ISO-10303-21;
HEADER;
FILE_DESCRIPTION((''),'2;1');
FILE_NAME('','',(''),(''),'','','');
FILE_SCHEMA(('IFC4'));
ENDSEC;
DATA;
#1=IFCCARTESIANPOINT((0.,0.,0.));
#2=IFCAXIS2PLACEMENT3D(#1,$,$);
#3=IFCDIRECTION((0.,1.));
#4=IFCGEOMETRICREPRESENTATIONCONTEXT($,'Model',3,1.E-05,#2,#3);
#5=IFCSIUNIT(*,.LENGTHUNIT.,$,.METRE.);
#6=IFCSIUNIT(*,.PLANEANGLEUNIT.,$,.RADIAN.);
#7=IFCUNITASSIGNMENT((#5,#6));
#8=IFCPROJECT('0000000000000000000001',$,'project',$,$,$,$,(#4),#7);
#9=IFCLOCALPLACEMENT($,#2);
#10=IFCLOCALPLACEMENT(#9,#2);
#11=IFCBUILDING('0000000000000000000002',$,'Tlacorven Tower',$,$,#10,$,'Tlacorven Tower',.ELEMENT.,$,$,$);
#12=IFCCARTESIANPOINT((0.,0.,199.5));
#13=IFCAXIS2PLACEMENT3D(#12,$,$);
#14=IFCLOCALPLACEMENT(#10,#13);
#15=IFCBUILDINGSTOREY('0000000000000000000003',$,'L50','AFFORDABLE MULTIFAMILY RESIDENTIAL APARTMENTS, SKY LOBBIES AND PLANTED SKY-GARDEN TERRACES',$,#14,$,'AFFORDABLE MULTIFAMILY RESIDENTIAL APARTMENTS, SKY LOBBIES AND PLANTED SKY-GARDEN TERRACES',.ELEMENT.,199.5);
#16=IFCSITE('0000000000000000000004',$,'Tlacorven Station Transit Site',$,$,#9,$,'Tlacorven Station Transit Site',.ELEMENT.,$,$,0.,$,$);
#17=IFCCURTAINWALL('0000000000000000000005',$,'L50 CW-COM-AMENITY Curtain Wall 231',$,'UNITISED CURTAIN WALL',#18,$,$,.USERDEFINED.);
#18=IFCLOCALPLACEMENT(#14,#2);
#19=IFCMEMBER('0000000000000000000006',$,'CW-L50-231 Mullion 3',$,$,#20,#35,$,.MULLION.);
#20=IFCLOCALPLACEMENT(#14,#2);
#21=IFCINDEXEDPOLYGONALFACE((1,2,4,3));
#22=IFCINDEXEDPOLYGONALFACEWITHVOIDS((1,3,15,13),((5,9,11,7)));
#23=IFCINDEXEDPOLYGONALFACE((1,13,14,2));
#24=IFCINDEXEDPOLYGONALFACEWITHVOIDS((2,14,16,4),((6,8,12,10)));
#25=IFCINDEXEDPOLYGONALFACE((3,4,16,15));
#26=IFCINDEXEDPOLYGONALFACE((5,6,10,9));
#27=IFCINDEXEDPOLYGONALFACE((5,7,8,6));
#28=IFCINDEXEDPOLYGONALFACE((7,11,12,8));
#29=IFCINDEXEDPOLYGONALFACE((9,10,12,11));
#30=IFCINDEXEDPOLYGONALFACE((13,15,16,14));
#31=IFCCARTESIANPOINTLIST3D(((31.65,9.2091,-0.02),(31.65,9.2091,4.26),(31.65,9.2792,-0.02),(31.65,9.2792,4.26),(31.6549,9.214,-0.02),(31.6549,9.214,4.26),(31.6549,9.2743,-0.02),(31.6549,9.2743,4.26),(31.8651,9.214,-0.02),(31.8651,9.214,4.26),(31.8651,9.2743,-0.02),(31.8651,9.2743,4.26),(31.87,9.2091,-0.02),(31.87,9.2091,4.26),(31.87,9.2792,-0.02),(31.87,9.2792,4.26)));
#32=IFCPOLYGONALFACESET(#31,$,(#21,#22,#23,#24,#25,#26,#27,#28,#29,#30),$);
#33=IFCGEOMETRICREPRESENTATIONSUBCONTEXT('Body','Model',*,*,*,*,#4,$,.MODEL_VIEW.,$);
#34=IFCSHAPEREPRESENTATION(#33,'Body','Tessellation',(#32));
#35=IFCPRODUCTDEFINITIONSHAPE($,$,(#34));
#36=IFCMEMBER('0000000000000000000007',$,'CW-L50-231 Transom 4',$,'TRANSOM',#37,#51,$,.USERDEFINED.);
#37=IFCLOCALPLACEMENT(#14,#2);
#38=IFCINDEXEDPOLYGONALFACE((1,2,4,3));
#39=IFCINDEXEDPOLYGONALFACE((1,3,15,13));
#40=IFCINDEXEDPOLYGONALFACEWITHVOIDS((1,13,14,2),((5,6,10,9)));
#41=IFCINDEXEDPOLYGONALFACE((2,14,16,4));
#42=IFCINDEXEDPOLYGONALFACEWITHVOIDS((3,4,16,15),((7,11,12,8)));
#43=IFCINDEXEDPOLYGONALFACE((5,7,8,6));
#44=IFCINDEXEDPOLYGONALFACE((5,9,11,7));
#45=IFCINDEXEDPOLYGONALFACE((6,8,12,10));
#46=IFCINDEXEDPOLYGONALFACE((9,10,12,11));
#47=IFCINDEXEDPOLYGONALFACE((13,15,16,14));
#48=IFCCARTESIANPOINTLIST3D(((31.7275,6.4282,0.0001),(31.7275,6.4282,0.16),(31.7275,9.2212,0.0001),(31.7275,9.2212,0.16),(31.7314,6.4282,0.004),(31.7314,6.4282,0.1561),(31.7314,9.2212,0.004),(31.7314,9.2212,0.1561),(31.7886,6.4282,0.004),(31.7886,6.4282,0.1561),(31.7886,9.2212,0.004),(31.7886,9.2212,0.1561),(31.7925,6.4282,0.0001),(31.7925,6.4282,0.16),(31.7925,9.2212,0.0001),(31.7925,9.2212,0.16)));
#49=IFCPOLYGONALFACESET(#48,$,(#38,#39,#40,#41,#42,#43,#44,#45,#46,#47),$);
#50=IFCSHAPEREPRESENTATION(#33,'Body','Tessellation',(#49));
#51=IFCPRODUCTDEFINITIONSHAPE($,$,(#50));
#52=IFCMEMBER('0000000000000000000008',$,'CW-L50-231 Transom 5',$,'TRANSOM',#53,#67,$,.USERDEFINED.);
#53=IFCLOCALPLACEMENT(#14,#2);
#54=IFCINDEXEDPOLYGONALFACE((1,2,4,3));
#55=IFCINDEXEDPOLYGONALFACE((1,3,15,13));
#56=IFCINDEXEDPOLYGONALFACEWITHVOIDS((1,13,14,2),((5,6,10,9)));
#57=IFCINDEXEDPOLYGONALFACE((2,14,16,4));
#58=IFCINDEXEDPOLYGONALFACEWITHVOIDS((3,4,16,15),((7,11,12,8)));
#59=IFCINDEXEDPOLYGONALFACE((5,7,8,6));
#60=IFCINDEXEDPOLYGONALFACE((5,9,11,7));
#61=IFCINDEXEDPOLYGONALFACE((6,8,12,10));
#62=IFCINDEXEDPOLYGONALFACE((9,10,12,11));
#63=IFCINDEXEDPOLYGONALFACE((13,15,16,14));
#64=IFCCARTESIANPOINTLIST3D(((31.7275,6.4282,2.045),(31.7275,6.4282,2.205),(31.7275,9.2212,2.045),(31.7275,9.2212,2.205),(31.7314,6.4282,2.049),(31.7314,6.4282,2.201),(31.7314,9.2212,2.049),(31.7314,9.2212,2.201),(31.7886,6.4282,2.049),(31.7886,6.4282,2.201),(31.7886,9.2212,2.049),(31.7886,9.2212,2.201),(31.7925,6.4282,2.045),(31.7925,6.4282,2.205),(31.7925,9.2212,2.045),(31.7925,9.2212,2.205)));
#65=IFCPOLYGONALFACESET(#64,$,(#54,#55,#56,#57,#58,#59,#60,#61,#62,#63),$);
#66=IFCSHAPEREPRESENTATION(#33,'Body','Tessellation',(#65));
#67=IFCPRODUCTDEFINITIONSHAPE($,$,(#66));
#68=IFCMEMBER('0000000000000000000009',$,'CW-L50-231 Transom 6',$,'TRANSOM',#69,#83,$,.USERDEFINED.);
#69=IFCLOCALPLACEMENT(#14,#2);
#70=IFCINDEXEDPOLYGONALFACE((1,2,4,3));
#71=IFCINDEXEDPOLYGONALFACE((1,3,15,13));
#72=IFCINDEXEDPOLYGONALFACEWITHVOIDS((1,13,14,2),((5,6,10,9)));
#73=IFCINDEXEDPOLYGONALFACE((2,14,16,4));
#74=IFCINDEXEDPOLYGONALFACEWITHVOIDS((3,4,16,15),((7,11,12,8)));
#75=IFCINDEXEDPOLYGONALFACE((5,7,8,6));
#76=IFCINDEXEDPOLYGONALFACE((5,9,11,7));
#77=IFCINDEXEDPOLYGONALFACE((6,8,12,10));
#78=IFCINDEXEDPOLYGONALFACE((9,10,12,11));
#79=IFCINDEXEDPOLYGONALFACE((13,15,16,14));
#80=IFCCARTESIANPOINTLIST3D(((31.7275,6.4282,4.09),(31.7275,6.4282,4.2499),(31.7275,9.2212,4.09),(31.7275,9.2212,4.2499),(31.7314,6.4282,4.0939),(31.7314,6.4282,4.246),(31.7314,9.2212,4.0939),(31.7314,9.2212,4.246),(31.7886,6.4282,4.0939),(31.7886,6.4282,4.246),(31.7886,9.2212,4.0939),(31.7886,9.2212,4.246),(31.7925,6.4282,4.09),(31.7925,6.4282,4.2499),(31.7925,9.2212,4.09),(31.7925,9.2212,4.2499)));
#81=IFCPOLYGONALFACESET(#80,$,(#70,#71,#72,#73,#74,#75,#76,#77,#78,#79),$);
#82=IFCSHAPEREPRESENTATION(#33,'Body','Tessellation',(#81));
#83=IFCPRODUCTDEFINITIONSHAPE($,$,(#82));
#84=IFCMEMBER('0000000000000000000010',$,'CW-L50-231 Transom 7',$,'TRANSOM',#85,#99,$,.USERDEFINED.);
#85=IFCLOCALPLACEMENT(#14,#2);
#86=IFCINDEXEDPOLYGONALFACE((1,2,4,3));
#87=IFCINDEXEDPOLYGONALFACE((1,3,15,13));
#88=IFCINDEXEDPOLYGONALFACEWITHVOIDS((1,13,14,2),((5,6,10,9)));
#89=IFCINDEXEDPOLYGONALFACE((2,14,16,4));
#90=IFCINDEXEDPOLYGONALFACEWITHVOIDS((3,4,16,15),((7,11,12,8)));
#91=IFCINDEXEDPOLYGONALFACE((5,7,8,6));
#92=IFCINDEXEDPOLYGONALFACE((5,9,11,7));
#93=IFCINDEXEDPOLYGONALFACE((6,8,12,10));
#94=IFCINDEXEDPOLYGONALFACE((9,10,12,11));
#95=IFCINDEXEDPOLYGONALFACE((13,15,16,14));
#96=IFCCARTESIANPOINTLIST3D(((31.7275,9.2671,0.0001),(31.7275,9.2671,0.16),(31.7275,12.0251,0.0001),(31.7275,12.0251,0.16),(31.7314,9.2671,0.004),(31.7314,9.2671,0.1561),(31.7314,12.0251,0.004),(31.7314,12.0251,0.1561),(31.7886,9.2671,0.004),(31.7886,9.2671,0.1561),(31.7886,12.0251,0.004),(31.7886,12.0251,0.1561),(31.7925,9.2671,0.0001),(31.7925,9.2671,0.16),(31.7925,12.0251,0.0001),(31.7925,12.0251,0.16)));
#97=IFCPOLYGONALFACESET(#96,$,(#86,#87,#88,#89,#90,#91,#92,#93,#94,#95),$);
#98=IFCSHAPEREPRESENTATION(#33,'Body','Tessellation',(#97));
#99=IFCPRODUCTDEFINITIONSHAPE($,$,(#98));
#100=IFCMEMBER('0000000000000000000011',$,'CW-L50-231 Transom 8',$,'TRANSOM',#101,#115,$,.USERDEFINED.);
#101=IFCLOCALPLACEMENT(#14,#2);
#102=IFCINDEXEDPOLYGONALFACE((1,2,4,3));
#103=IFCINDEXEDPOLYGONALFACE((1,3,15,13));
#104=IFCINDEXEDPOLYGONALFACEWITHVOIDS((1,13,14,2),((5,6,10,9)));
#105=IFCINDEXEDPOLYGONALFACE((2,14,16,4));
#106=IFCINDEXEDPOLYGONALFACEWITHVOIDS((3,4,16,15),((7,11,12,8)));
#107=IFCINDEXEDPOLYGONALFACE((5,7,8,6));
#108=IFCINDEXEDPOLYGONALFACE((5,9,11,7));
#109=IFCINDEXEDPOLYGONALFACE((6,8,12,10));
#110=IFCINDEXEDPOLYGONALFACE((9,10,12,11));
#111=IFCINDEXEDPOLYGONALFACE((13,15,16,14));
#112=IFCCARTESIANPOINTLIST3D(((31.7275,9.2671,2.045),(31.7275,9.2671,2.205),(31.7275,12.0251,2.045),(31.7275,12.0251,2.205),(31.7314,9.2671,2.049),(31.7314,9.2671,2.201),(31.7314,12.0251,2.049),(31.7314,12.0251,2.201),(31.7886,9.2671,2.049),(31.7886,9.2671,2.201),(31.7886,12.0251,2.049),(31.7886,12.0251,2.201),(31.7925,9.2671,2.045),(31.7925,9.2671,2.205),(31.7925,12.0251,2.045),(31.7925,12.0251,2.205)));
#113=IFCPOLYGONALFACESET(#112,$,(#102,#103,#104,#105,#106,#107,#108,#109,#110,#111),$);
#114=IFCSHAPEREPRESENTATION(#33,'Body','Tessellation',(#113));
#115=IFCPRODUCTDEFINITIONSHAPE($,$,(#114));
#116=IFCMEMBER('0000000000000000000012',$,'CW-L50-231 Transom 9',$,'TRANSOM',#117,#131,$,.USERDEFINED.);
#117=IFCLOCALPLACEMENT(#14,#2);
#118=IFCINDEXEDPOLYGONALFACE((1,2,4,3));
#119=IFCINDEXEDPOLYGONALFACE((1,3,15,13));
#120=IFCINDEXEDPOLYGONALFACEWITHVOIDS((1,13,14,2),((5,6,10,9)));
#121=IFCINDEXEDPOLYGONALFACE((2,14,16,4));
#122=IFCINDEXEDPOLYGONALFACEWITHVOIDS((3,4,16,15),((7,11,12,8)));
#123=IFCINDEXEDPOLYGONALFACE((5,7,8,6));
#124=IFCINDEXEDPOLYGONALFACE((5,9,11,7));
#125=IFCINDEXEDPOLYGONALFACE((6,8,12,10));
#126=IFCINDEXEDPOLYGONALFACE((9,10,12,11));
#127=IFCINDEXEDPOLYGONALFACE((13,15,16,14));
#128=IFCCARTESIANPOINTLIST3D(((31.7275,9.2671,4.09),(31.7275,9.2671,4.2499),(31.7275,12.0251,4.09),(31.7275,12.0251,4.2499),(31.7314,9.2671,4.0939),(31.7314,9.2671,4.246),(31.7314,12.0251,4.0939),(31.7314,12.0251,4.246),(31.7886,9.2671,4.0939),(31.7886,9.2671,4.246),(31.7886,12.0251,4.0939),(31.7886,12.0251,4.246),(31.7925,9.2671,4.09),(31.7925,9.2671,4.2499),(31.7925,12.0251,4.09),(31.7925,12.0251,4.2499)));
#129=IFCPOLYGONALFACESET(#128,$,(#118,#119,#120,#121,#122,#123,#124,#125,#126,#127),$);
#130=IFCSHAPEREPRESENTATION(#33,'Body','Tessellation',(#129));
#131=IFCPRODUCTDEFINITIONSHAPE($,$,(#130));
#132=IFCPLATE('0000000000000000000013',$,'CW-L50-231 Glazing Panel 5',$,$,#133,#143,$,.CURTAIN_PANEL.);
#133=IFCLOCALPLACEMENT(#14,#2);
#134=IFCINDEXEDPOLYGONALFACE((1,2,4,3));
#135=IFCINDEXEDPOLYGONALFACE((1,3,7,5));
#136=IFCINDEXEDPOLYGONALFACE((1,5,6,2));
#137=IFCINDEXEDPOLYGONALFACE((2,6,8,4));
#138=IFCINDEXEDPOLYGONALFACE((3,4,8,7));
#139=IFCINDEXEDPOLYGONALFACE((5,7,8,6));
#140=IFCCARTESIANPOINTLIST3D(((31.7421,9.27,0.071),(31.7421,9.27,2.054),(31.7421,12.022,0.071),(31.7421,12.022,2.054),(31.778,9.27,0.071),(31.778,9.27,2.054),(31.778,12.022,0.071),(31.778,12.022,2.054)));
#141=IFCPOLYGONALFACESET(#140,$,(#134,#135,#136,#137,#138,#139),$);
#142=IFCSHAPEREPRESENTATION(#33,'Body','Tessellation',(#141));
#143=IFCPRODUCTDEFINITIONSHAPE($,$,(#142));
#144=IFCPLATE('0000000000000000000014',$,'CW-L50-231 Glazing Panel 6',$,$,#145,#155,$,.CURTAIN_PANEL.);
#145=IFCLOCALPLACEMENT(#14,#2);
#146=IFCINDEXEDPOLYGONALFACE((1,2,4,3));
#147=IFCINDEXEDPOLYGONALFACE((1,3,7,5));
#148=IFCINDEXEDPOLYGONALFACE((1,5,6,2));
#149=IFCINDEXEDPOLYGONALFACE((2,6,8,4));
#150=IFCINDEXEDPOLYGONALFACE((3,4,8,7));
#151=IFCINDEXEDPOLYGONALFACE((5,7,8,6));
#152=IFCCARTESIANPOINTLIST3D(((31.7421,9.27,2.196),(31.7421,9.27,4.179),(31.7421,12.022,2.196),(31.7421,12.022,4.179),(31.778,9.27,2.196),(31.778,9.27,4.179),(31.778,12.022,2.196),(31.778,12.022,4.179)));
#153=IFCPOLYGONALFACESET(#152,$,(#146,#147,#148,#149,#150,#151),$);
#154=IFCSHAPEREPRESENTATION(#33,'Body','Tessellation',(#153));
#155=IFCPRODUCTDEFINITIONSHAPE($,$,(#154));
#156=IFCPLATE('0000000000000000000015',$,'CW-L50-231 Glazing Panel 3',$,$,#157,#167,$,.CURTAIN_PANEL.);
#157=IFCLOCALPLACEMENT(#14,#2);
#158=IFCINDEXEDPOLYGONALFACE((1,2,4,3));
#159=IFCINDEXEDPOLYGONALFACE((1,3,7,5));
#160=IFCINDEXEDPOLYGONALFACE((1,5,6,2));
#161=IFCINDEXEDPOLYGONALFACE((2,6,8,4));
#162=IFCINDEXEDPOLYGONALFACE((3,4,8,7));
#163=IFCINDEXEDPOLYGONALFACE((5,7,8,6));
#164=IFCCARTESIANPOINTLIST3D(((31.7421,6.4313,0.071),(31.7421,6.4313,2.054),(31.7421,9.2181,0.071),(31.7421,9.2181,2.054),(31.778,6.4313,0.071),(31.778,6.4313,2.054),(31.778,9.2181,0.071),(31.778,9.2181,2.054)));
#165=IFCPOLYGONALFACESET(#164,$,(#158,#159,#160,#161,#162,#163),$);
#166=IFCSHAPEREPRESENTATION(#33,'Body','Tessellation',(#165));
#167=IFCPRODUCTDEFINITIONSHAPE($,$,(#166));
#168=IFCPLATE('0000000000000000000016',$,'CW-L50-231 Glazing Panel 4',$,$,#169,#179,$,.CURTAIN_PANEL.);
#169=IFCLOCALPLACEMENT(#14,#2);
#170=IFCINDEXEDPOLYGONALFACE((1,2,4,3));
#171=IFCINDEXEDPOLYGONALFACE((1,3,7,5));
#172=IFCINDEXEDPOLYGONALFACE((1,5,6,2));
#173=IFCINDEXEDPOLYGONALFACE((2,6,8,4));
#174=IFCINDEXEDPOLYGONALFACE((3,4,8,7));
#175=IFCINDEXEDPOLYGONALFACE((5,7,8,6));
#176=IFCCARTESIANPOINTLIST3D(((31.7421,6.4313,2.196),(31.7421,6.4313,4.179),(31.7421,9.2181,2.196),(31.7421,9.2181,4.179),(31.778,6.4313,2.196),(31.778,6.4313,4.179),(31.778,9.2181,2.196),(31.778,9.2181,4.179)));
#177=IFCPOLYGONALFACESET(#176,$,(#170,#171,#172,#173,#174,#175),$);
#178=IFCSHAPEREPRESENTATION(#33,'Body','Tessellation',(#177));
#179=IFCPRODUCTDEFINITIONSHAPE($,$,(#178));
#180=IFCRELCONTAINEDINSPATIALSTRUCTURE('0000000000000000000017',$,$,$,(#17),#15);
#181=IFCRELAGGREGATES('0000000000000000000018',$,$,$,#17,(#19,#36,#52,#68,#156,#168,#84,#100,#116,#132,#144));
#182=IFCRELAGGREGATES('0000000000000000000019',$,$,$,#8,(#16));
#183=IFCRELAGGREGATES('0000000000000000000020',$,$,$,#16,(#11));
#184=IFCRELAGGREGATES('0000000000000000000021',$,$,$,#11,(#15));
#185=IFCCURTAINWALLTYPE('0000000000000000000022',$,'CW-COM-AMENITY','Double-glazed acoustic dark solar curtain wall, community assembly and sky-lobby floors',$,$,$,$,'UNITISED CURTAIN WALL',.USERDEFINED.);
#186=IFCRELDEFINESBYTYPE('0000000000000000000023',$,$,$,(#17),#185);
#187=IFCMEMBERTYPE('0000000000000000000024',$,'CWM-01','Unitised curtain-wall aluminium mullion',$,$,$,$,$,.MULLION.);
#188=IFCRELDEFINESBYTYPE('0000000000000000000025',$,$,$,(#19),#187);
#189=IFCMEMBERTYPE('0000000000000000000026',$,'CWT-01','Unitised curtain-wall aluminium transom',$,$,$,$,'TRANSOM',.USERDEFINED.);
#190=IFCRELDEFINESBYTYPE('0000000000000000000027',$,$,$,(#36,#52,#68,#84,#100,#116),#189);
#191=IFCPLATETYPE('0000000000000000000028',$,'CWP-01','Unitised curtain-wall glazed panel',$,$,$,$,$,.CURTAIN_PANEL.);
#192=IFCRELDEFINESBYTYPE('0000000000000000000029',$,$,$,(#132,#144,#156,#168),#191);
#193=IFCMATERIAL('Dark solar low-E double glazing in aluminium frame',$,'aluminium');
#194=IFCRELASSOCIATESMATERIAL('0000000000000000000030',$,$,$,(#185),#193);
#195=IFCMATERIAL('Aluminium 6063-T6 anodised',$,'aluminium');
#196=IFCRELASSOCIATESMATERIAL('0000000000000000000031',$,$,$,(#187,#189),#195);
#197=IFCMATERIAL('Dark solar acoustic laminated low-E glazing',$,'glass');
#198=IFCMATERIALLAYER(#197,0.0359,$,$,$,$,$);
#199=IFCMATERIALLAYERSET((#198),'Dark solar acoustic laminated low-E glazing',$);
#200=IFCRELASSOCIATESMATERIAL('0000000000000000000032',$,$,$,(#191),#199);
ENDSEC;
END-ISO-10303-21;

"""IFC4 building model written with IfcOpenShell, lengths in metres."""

from ifc_helpers import new_model, si_unit, direction, frame, origin, origin_2d, place, context, subcontext, project, spatial, rectangle, hollow_rectangle, extrude, source, transform, mapped, material, layer, layer_set, material_profile, profile_set, type_object, element, aggregate, save


model = new_model("IFC4")

# Units and contexts
model_context = context("Model", 3, precision=1e-05, world=origin(), true_north=direction((0.0, 1.0)))
body_context = subcontext(model_context, "Body", "Model", "MODEL_VIEW")
ifc_project = project(units=[si_unit("LENGTHUNIT", "METRE"), si_unit("PLANEANGLEUNIT", "RADIAN")], contexts=[model_context])

# Site, building, storey
site_placement = place(None, origin())
site = spatial("IfcSite", under=ifc_project, at=site_placement, Name="Tlacorven Station Transit Site", LongName="Tlacorven Station Transit Site", CompositionType="ELEMENT", RefElevation=0.0)
building_placement = place(site_placement, origin())
building = spatial("IfcBuilding", under=site, at=building_placement, Name="Tlacorven Tower", LongName="Tlacorven Tower", CompositionType="ELEMENT")
storey_placement = place(building_placement, frame((0.0, 0.0, 199.5)))
storey = spatial("IfcBuildingStorey", under=building, at=storey_placement, Name="L50", Description="AFFORDABLE MULTIFAMILY RESIDENTIAL APARTMENTS, SKY LOBBIES AND PLANTED SKY-GARDEN TERRACES", LongName="AFFORDABLE MULTIFAMILY RESIDENTIAL APARTMENTS, SKY LOBBIES AND PLANTED SKY-GARDEN TERRACES", CompositionType="ELEMENT", Elevation=199.5)

# Curtain wall, members, plates
ifc_material_1 = material(Name="Dark solar low-E double glazing in aluminium frame", Category="aluminium")
curtain_wall_type = type_object("IfcCurtainWallType", Name="CW-COM-AMENITY", Description="Double-glazed acoustic dark solar curtain wall, community assembly and sky-lobby floors", ElementType="UNITISED CURTAIN WALL", PredefinedType="USERDEFINED", material=ifc_material_1)
curtain_wall_placement = place(storey_placement, origin())
curtain_wall = element("IfcCurtainWall", 1, at=curtain_wall_placement, inside=storey, type_object=curtain_wall_type, Name="L50 CW-COM-AMENITY Curtain Wall 231", ObjectType="UNITISED CURTAIN WALL", PredefinedType="USERDEFINED")
ifc_material_2 = material(Name="Aluminium 6063-T6 anodised", Category="aluminium")
ifc_material_profile_1 = material_profile(ifc_material_2, hollow_rectangle(XDim=0.0701, YDim=0.22, WallThickness=0.0049, at=origin_2d()), Name="ALU MULLION 70X220")
ifc_profile_set_1 = profile_set([ifc_material_profile_1], Name="Aluminium 6063-T6 anodised")
member_type_1 = type_object("IfcMemberType", Name="CWM-01", Description="Unitised curtain-wall aluminium mullion", PredefinedType="MULLION", material=ifc_profile_set_1)
shared_shape_1 = source(origin(), body_context, "Body", "SweptSolid", [
    extrude(hollow_rectangle(XDim=0.0701, YDim=0.22, WallThickness=0.0049, at=origin_2d()), origin(), (0.0, 0.0, 1.0), 4.28),
])
member_1_placement = place(storey_placement, frame((31.76, 9.2441, -0.02), z_axis=(0.0, 0.0, 1.0), x_axis=(0.0, 1.0, 0.0)))
member_1 = element("IfcMember", 2, at=member_1_placement, type_object=member_type_1, Name="CW-L50-231 Mullion 3", PredefinedType="MULLION", context=body_context, shape_type="MappedRepresentation", body=[
    mapped(shared_shape_1, transform((0.0, 0.0, 0.0), scale=1.0)),
])
ifc_material_profile_2 = material_profile(ifc_material_2, hollow_rectangle(XDim=0.0649, YDim=0.1599, WallThickness=0.0039, at=origin_2d()), Name="ALU TRANSOM 65X160")
ifc_profile_set_2 = profile_set([ifc_material_profile_2], Name="Aluminium 6063-T6 anodised")
member_type_2 = type_object("IfcMemberType", Name="CWT-01", Description="Unitised curtain-wall aluminium transom", ElementType="TRANSOM", PredefinedType="USERDEFINED", material=ifc_profile_set_2)
shared_shape_2 = source(origin(), body_context, "Body", "SweptSolid", [
    extrude(hollow_rectangle(XDim=0.0649, YDim=0.1599, WallThickness=0.0039, at=origin_2d()), origin(), (0.0, 0.0, 1.0), 2.793),
])
member_2_placement = place(storey_placement, frame((31.76, 6.4282, 0.0801), z_axis=(0.0, 1.0, 0.0), x_axis=(-1.0, 0.0, 0.0)))
member_2 = element("IfcMember", 3, at=member_2_placement, type_object=member_type_2, Name="CW-L50-231 Transom 4", ObjectType="TRANSOM", PredefinedType="USERDEFINED", context=body_context, shape_type="MappedRepresentation", body=[
    mapped(shared_shape_2, transform((0.0, 0.0, 0.0), scale=1.0)),
])
member_3_placement = place(storey_placement, frame((31.76, 6.4282, 2.125), z_axis=(0.0, 1.0, 0.0), x_axis=(-1.0, 0.0, 0.0)))
member_3 = element("IfcMember", 4, at=member_3_placement, type_object=member_type_2, Name="CW-L50-231 Transom 5", ObjectType="TRANSOM", PredefinedType="USERDEFINED", context=body_context, shape_type="MappedRepresentation", body=[
    mapped(shared_shape_2, transform((0.0, 0.0, 0.0), scale=1.0)),
])
member_4_placement = place(storey_placement, frame((31.76, 6.4282, 4.1699), z_axis=(0.0, 1.0, 0.0), x_axis=(-1.0, 0.0, 0.0)))
member_4 = element("IfcMember", 5, at=member_4_placement, type_object=member_type_2, Name="CW-L50-231 Transom 6", ObjectType="TRANSOM", PredefinedType="USERDEFINED", context=body_context, shape_type="MappedRepresentation", body=[
    mapped(shared_shape_2, transform((0.0, 0.0, 0.0), scale=1.0)),
])
shared_shape_3 = source(origin(), body_context, "Body", "SweptSolid", [
    extrude(hollow_rectangle(XDim=0.0649, YDim=0.1599, WallThickness=0.0039, at=origin_2d()), origin(), (0.0, 0.0, 1.0), 2.7581),
])
member_5_placement = place(storey_placement, frame((31.76, 9.2671, 0.0801), z_axis=(0.0, 1.0, 0.0), x_axis=(-1.0, 0.0, 0.0)))
member_5 = element("IfcMember", 6, at=member_5_placement, type_object=member_type_2, Name="CW-L50-231 Transom 7", ObjectType="TRANSOM", PredefinedType="USERDEFINED", context=body_context, shape_type="MappedRepresentation", body=[
    mapped(shared_shape_3, transform((0.0, 0.0, 0.0), scale=1.0)),
])
member_6_placement = place(storey_placement, frame((31.76, 9.2671, 2.125), z_axis=(0.0, 1.0, 0.0), x_axis=(-1.0, 0.0, 0.0)))
member_6 = element("IfcMember", 7, at=member_6_placement, type_object=member_type_2, Name="CW-L50-231 Transom 8", ObjectType="TRANSOM", PredefinedType="USERDEFINED", context=body_context, shape_type="MappedRepresentation", body=[
    mapped(shared_shape_3, transform((0.0, 0.0, 0.0), scale=1.0)),
])
member_7_placement = place(storey_placement, frame((31.76, 9.2671, 4.1699), z_axis=(0.0, 1.0, 0.0), x_axis=(-1.0, 0.0, 0.0)))
member_7 = element("IfcMember", 8, at=member_7_placement, type_object=member_type_2, Name="CW-L50-231 Transom 9", ObjectType="TRANSOM", PredefinedType="USERDEFINED", context=body_context, shape_type="MappedRepresentation", body=[
    mapped(shared_shape_3, transform((0.0, 0.0, 0.0), scale=1.0)),
])
ifc_material_3 = material(Name="Dark solar acoustic laminated low-E glazing", Category="glass")
ifc_layer = layer(ifc_material_3, 0.0359)
ifc_layer_set = layer_set([ifc_layer], Name="Dark solar acoustic laminated low-E glazing")
plate_type = type_object("IfcPlateType", Name="CWP-01", Description="Unitised curtain-wall glazed panel", PredefinedType="CURTAIN_PANEL", material=ifc_layer_set)
shared_shape_4 = source(origin(), body_context, "Body", "SweptSolid", [
    extrude(rectangle(XDim=2.752, YDim=0.0359, at=origin_2d()), origin(), (0.0, 0.0, 1.0), 1.9829),
])
plate_1_placement = place(storey_placement, frame((31.76, 10.646, 0.071), z_axis=(0.0, 0.0, 1.0), x_axis=(0.0, 1.0, 0.0)))
plate_1 = element("IfcPlate", 9, at=plate_1_placement, type_object=plate_type, Name="CW-L50-231 Glazing Panel 5", PredefinedType="CURTAIN_PANEL", context=body_context, shape_type="MappedRepresentation", body=[
    mapped(shared_shape_4, transform((0.0, 0.0, 0.0), scale=1.0)),
])
plate_2_placement = place(storey_placement, frame((31.76, 10.646, 2.196), z_axis=(0.0, 0.0, 1.0), x_axis=(0.0, 1.0, 0.0)))
plate_2 = element("IfcPlate", 10, at=plate_2_placement, type_object=plate_type, Name="CW-L50-231 Glazing Panel 6", PredefinedType="CURTAIN_PANEL", context=body_context, shape_type="MappedRepresentation", body=[
    mapped(shared_shape_4, transform((0.0, 0.0, 0.0), scale=1.0)),
])
shared_shape_5 = source(origin(), body_context, "Body", "SweptSolid", [
    extrude(rectangle(XDim=2.7869, YDim=0.0359, at=origin_2d()), origin(), (0.0, 0.0, 1.0), 1.9829),
])
plate_3_placement = place(storey_placement, frame((31.76, 7.8247, 0.071), z_axis=(0.0, 0.0, 1.0), x_axis=(0.0, 1.0, 0.0)))
plate_3 = element("IfcPlate", 11, at=plate_3_placement, type_object=plate_type, Name="CW-L50-231 Glazing Panel 3", PredefinedType="CURTAIN_PANEL", context=body_context, shape_type="MappedRepresentation", body=[
    mapped(shared_shape_5, transform((0.0, 0.0, 0.0), scale=1.0)),
])
plate_4_placement = place(storey_placement, frame((31.76, 7.8247, 2.196), z_axis=(0.0, 0.0, 1.0), x_axis=(0.0, 1.0, 0.0)))
plate_4 = element("IfcPlate", 12, at=plate_4_placement, type_object=plate_type, Name="CW-L50-231 Glazing Panel 4", PredefinedType="CURTAIN_PANEL", context=body_context, shape_type="MappedRepresentation", body=[
    mapped(shared_shape_5, transform((0.0, 0.0, 0.0), scale=1.0)),
])
aggregate(curtain_wall, [member_1, member_2, member_3, member_4, plate_3, plate_4, member_5, member_6, member_7, plate_1, plate_2])

save(model, "model.ifc")
